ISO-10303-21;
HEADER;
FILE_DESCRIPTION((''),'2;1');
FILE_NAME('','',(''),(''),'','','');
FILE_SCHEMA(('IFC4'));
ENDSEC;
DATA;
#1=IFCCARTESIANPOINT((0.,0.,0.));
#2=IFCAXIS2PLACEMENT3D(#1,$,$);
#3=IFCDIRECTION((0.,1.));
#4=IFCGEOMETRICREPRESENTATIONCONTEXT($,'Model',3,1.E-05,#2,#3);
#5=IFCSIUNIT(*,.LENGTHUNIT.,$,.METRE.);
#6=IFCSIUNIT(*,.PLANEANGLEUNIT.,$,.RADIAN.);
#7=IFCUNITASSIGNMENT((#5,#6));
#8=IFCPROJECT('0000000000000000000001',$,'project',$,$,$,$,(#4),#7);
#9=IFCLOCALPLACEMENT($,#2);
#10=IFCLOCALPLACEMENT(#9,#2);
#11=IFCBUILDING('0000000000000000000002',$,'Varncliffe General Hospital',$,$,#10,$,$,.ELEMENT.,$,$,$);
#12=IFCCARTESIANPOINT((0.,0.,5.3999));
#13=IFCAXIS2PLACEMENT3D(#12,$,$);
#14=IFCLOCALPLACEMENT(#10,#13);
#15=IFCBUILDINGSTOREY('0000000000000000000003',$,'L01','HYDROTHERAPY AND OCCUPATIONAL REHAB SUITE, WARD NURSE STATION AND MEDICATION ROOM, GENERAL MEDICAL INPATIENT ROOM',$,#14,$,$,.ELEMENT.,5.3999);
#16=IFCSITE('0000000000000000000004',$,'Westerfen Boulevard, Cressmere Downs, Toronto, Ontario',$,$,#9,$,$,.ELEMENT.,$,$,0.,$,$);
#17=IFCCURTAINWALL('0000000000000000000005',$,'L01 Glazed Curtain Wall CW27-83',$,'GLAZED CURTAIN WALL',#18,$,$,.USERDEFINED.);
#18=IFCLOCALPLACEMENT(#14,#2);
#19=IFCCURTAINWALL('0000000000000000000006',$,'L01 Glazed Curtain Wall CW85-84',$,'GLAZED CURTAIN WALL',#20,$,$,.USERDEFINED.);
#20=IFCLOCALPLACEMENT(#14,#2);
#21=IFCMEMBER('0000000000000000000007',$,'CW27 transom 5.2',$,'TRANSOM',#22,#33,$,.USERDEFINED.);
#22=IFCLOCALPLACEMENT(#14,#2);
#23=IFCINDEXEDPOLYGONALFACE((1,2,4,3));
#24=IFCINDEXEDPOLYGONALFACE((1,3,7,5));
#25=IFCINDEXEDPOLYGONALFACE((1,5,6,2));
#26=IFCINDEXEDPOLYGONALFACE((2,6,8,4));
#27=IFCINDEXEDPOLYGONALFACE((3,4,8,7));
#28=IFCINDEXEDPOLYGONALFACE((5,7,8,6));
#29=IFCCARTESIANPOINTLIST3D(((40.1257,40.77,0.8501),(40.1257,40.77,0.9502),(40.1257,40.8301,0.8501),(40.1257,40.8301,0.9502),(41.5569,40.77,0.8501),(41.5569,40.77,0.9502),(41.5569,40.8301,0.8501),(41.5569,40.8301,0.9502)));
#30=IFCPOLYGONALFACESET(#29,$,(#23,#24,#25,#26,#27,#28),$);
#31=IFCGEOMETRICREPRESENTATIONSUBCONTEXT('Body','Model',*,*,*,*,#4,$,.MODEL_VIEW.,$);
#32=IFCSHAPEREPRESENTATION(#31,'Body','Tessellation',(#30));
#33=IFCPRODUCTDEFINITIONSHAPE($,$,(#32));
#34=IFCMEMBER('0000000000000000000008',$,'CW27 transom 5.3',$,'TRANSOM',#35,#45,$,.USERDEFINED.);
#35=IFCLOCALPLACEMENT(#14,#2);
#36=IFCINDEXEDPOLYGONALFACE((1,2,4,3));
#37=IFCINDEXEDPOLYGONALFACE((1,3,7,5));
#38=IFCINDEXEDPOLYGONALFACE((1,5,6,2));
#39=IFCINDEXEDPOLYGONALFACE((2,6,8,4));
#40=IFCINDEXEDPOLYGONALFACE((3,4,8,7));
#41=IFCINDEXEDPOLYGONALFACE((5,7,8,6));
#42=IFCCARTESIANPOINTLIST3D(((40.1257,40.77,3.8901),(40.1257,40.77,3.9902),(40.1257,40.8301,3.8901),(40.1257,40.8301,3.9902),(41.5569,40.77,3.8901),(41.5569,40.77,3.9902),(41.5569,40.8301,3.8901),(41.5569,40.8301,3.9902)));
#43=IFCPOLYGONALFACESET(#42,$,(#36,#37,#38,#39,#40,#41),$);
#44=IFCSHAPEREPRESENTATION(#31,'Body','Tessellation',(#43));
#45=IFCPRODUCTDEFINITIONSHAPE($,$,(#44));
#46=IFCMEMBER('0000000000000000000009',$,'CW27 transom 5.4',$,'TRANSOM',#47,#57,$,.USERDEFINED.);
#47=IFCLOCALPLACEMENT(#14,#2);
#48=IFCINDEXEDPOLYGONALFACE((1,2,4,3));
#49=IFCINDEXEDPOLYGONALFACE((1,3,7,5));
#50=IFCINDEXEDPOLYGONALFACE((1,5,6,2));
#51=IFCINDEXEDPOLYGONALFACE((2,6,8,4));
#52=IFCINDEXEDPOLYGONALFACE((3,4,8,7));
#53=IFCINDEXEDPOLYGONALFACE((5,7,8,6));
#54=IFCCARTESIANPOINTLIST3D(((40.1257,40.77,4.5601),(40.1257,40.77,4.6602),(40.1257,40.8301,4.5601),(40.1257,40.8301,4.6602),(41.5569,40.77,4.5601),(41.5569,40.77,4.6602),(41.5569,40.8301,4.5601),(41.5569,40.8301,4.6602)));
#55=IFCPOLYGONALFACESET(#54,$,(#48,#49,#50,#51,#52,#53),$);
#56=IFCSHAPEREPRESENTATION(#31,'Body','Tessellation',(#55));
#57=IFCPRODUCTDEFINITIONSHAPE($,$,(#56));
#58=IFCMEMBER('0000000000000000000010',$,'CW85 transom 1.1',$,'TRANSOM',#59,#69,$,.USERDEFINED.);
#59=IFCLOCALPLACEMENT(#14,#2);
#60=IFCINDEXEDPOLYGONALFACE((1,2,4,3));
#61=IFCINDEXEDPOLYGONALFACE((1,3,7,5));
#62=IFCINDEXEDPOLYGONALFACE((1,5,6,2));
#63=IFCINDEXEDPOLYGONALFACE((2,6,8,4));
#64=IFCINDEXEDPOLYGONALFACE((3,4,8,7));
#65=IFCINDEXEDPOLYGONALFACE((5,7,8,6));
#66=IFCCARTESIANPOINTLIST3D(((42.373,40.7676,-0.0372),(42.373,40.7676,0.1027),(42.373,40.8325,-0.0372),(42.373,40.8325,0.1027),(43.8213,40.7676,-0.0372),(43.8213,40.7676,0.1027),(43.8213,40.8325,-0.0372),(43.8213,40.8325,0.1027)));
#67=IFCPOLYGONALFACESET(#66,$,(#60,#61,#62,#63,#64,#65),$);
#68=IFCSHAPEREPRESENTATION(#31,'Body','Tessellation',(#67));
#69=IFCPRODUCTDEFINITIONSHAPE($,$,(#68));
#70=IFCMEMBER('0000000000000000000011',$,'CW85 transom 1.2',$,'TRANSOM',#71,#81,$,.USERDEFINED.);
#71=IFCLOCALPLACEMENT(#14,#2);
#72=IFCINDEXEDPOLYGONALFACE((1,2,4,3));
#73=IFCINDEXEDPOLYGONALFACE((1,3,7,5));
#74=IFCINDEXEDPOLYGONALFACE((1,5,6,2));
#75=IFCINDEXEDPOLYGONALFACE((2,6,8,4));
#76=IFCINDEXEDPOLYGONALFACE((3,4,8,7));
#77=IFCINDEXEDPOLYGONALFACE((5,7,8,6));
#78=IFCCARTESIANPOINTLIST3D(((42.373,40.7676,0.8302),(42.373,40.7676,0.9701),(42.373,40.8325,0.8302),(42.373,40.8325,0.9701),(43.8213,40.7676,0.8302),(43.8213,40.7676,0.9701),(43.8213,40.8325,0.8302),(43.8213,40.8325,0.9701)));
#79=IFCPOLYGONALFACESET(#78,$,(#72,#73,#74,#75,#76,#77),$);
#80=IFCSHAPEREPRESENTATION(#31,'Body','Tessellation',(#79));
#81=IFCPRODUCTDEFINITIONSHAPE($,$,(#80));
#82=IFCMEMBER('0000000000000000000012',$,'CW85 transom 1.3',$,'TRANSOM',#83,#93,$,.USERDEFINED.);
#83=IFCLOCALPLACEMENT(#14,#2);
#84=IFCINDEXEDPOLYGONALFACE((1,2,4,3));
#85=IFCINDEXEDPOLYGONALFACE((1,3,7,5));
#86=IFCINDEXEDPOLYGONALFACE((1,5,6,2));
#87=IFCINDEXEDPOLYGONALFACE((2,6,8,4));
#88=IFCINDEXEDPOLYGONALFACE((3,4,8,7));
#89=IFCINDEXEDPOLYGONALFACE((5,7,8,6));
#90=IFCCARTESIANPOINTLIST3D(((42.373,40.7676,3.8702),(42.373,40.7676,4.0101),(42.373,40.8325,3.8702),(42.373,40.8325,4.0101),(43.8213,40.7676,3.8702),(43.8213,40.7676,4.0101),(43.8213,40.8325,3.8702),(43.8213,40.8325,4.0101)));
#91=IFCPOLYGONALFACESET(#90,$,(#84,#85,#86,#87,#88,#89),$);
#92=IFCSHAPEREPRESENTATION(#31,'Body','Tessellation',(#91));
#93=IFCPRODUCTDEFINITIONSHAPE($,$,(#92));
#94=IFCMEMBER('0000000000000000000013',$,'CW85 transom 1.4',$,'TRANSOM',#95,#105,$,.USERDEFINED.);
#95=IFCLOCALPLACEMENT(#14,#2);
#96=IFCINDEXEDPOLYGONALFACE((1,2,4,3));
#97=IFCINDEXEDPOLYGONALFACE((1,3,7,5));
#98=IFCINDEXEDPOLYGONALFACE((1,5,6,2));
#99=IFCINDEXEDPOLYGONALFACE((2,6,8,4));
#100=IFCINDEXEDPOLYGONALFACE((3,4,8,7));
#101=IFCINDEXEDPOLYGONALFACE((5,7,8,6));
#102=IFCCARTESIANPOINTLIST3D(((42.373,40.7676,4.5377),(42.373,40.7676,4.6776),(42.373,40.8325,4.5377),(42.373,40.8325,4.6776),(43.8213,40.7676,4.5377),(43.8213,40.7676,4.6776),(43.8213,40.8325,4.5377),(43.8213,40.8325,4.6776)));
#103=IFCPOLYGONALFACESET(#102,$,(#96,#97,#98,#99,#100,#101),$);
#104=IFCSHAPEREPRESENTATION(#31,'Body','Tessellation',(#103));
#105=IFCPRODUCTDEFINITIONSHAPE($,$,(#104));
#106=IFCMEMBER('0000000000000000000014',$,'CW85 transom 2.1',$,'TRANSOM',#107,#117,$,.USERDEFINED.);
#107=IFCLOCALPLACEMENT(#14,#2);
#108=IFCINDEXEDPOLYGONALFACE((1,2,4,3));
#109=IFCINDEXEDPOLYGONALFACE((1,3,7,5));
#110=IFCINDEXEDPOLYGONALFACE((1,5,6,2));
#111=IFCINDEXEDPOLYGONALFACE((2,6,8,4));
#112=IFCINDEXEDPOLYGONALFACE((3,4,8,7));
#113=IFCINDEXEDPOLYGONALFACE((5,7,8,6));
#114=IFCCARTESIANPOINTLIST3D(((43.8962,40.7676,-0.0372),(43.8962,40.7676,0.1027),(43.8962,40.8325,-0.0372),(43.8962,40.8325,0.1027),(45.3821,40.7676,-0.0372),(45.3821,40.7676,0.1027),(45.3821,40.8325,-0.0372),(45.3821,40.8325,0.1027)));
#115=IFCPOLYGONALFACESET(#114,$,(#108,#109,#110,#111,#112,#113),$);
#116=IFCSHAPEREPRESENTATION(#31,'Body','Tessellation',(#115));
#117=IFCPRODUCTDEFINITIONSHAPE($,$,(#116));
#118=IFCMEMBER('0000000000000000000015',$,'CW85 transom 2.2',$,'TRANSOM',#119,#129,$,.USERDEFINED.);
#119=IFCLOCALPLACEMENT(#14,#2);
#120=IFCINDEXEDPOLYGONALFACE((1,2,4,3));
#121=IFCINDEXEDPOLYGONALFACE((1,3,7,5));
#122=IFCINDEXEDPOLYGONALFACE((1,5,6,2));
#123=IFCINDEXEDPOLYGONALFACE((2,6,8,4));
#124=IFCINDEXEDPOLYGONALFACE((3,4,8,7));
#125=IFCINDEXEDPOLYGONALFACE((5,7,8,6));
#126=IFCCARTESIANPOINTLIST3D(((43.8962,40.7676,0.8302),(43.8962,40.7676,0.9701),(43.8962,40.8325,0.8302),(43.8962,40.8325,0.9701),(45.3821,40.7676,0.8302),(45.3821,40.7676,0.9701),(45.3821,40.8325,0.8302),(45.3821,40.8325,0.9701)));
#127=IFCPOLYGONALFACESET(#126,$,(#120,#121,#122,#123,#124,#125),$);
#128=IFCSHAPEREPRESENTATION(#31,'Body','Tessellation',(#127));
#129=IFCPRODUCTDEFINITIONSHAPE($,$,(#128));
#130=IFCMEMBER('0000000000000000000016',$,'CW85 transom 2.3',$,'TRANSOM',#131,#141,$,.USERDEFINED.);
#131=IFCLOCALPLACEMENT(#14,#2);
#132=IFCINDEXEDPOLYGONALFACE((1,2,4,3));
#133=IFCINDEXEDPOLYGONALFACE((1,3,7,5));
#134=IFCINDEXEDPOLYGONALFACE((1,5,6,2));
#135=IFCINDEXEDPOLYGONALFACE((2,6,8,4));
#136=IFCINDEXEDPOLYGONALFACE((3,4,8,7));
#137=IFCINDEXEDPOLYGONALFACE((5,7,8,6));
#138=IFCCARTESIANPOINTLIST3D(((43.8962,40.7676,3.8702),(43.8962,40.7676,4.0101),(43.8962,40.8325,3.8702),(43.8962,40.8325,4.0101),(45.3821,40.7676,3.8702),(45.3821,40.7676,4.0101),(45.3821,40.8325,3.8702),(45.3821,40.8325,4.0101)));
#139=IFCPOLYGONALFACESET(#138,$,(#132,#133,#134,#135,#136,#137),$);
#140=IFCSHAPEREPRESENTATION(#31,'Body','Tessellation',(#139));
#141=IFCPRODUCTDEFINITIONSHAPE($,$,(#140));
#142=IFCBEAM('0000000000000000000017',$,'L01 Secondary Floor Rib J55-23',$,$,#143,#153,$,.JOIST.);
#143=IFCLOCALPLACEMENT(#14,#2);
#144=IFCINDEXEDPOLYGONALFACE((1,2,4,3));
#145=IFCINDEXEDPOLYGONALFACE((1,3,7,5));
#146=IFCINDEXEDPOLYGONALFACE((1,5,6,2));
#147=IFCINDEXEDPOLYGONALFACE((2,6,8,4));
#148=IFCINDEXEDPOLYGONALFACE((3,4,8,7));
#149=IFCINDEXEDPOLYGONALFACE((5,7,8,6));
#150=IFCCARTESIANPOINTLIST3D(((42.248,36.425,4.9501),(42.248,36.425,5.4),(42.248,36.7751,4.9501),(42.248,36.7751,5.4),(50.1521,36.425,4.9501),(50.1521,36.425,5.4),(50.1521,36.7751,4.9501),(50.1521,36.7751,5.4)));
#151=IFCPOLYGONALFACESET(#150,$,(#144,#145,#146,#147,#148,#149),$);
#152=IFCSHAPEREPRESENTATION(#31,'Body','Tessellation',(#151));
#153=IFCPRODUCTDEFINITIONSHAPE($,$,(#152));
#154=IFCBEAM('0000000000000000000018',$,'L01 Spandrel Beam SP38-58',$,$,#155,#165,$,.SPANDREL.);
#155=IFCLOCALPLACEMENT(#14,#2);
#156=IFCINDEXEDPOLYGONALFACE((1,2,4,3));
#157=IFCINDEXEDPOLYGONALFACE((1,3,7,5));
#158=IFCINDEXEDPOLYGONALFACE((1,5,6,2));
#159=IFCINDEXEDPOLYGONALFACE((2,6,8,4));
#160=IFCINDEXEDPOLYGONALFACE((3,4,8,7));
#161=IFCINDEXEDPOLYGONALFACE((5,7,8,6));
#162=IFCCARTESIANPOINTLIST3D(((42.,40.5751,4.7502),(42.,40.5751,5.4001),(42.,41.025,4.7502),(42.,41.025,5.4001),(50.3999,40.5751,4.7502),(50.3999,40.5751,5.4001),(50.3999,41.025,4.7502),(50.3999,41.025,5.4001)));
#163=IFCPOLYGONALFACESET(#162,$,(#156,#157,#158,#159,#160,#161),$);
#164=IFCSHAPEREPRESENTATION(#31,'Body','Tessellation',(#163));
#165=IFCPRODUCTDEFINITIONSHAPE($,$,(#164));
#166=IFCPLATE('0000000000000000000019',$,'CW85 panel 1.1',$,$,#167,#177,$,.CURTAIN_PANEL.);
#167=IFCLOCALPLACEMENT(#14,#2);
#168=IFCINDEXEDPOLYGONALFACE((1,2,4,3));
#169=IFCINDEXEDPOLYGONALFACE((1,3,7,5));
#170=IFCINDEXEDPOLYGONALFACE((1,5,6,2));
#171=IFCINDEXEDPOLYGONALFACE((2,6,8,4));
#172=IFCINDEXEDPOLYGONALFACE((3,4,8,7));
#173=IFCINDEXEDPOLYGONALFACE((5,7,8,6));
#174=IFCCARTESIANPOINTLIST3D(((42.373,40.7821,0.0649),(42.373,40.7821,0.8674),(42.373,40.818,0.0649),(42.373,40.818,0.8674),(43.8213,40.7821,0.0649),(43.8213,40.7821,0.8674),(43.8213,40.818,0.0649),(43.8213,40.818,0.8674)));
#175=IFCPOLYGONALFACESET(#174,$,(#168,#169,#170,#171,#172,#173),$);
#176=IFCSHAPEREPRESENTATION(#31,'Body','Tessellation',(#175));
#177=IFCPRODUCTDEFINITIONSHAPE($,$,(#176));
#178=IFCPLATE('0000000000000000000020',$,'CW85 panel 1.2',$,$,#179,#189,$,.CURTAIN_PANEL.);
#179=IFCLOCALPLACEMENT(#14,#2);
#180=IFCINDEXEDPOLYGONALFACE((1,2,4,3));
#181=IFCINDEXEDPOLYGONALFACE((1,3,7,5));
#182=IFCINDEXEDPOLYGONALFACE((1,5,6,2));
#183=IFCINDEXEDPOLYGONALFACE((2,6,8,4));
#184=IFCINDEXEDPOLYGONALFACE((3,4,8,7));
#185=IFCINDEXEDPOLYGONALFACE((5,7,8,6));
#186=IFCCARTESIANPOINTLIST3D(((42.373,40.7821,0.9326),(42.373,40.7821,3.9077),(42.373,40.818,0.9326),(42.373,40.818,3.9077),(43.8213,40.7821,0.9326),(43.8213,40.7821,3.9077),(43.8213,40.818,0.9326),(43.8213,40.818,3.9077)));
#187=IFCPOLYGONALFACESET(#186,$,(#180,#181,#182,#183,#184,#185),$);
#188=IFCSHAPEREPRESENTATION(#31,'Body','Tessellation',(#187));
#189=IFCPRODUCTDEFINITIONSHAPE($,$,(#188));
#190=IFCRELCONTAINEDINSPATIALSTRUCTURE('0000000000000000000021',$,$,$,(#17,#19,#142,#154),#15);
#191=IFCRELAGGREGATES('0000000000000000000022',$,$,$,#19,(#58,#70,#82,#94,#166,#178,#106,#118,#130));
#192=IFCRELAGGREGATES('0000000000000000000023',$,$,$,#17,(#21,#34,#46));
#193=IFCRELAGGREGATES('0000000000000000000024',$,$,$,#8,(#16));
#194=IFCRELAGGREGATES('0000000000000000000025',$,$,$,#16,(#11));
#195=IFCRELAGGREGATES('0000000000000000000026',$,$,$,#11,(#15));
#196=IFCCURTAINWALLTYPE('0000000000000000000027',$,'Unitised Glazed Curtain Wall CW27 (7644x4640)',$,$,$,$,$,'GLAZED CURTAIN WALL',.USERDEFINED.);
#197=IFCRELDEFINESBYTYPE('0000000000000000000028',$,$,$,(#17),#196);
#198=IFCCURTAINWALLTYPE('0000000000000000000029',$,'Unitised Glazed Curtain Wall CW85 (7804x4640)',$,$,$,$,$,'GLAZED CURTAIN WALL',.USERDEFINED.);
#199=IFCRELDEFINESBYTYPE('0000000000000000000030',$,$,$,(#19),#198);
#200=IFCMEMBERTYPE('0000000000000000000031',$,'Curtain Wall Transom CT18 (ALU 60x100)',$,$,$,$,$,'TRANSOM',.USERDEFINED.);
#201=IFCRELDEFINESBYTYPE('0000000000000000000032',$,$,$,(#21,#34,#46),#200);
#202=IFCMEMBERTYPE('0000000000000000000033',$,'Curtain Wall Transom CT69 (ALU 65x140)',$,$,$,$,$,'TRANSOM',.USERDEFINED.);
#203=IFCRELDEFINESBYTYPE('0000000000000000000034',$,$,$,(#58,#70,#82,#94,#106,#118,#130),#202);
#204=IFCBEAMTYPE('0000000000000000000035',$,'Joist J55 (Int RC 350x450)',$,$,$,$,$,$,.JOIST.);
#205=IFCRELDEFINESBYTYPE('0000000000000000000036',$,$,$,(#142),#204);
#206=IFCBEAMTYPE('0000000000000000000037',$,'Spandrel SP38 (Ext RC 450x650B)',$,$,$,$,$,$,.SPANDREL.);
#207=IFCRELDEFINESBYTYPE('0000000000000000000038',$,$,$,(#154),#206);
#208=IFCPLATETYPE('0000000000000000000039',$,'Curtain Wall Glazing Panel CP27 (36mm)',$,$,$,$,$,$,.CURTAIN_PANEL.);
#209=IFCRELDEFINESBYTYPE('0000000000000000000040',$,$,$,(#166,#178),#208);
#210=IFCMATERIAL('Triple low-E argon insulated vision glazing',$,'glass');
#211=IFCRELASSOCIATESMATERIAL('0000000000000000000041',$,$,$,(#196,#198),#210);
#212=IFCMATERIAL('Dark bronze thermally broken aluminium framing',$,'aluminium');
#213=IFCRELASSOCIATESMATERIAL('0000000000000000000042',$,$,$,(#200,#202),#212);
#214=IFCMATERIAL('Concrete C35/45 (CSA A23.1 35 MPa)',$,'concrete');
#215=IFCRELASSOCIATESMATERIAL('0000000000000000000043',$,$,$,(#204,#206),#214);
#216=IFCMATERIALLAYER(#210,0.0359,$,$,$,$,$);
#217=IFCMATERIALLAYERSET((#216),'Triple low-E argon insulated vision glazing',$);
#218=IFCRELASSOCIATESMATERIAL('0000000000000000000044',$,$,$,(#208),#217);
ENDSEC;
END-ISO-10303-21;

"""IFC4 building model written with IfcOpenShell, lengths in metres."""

from ifc_helpers import new_model, si_unit, direction, frame, origin, origin_2d, place, context, subcontext, project, spatial, rectangle, extrude, material, layer, layer_set, material_profile, profile_set, type_object, element, aggregate, save


model = new_model("IFC4")

# Units and contexts
model_context = context("Model", 3, precision=1e-05, world=origin(), true_north=direction((0.0, 1.0)))
body_context = subcontext(model_context, "Body", "Model", "MODEL_VIEW")
ifc_project = project(units=[si_unit("LENGTHUNIT", "METRE"), si_unit("PLANEANGLEUNIT", "RADIAN")], contexts=[model_context])

# Site, building, storey
site_placement = place(None, origin())
site = spatial("IfcSite", under=ifc_project, at=site_placement, Name="Westerfen Boulevard, Cressmere Downs, Toronto, Ontario", CompositionType="ELEMENT", RefElevation=0.0)
building_placement = place(site_placement, origin())
building = spatial("IfcBuilding", under=site, at=building_placement, Name="Varncliffe General Hospital", CompositionType="ELEMENT")
storey_placement = place(building_placement, frame((0.0, 0.0, 5.3999)))
storey = spatial("IfcBuildingStorey", under=building, at=storey_placement, Name="L01", Description="HYDROTHERAPY AND OCCUPATIONAL REHAB SUITE, WARD NURSE STATION AND MEDICATION ROOM, GENERAL MEDICAL INPATIENT ROOM", CompositionType="ELEMENT", Elevation=5.3999)

# Curtain walls
ifc_material_1 = material(Name="Triple low-E argon insulated vision glazing", Category="glass")
curtain_wall_type_1 = type_object("IfcCurtainWallType", Name="Unitised Glazed Curtain Wall CW27 (7644x4640)", ElementType="GLAZED CURTAIN WALL", PredefinedType="USERDEFINED", material=ifc_material_1)
curtain_wall_1_placement = place(storey_placement, origin())
curtain_wall_1 = element("IfcCurtainWall", 1, at=curtain_wall_1_placement, inside=storey, type_object=curtain_wall_type_1, Name="L01 Glazed Curtain Wall CW27-83", ObjectType="GLAZED CURTAIN WALL", PredefinedType="USERDEFINED")
ifc_material_2 = material(Name="Dark bronze thermally broken aluminium framing", Category="aluminium")
curtain_wall_type_2 = type_object("IfcCurtainWallType", Name="Unitised Glazed Curtain Wall CW85 (7804x4640)", ElementType="GLAZED CURTAIN WALL", PredefinedType="USERDEFINED", material=ifc_material_1)
curtain_wall_2_placement = place(storey_placement, origin())
curtain_wall_2 = element("IfcCurtainWall", 2, at=curtain_wall_2_placement, inside=storey, type_object=curtain_wall_type_2, Name="L01 Glazed Curtain Wall CW85-84", ObjectType="GLAZED CURTAIN WALL", PredefinedType="USERDEFINED")

# Members
ifc_material_profile_1 = material_profile(ifc_material_2, rectangle(XDim=0.0601, YDim=0.1001, at=origin_2d()), Name="ALU 60x100")
ifc_profile_set_1 = profile_set([ifc_material_profile_1], Name="Dark bronze thermally broken aluminium framing")
member_type_1 = type_object("IfcMemberType", Name="Curtain Wall Transom CT18 (ALU 60x100)", ElementType="TRANSOM", PredefinedType="USERDEFINED", material=ifc_profile_set_1)
member_1_placement = place(storey_placement, frame((40.1257, 40.8, 0.9001), z_axis=(1.0, 0.0, 0.0), x_axis=(0.0, 1.0, 0.0)))
member_1 = element("IfcMember", 3, at=member_1_placement, type_object=member_type_1, Name="CW27 transom 5.2", ObjectType="TRANSOM", PredefinedType="USERDEFINED", context=body_context, shape_type="SweptSolid", body=[
    extrude(rectangle(XDim=0.0601, YDim=0.1001, at=origin_2d()), origin(), (0.0, 0.0, 1.0), 1.4312),
])
member_2_placement = place(storey_placement, frame((40.1257, 40.8, 3.9402), z_axis=(1.0, 0.0, 0.0), x_axis=(0.0, 1.0, 0.0)))
member_2 = element("IfcMember", 4, at=member_2_placement, type_object=member_type_1, Name="CW27 transom 5.3", ObjectType="TRANSOM", PredefinedType="USERDEFINED", context=body_context, shape_type="SweptSolid", body=[
    extrude(rectangle(XDim=0.0601, YDim=0.1001, at=origin_2d()), origin(), (0.0, 0.0, 1.0), 1.4312),
])
member_3_placement = place(storey_placement, frame((40.1257, 40.8, 4.6101), z_axis=(1.0, 0.0, 0.0), x_axis=(0.0, 1.0, 0.0)))
member_3 = element("IfcMember", 5, at=member_3_placement, type_object=member_type_1, Name="CW27 transom 5.4", ObjectType="TRANSOM", PredefinedType="USERDEFINED", context=body_context, shape_type="SweptSolid", body=[
    extrude(rectangle(XDim=0.0601, YDim=0.1001, at=origin_2d()), origin(), (0.0, 0.0, 1.0), 1.4312),
])
ifc_material_profile_2 = material_profile(ifc_material_2, rectangle(XDim=0.0649, YDim=0.1399, at=origin_2d()), Name="ALU 65x140")
ifc_profile_set_2 = profile_set([ifc_material_profile_2], Name="Dark bronze thermally broken aluminium framing")
member_type_2 = type_object("IfcMemberType", Name="Curtain Wall Transom CT69 (ALU 65x140)", ElementType="TRANSOM", PredefinedType="USERDEFINED", material=ifc_profile_set_2)
member_4_placement = place(storey_placement, frame((42.373, 40.8, 0.0327), z_axis=(1.0, 0.0, 0.0), x_axis=(0.0, 1.0, 0.0)))
member_4 = element("IfcMember", 6, at=member_4_placement, type_object=member_type_2, Name="CW85 transom 1.1", ObjectType="TRANSOM", PredefinedType="USERDEFINED", context=body_context, shape_type="SweptSolid", body=[
    extrude(rectangle(XDim=0.0649, YDim=0.1399, at=origin_2d()), origin(), (0.0, 0.0, 1.0), 1.4482),
])
member_5_placement = place(storey_placement, frame((42.373, 40.8, 0.9001), z_axis=(1.0, 0.0, 0.0), x_axis=(0.0, 1.0, 0.0)))
member_5 = element("IfcMember", 7, at=member_5_placement, type_object=member_type_2, Name="CW85 transom 1.2", ObjectType="TRANSOM", PredefinedType="USERDEFINED", context=body_context, shape_type="SweptSolid", body=[
    extrude(rectangle(XDim=0.0649, YDim=0.1399, at=origin_2d()), origin(), (0.0, 0.0, 1.0), 1.4482),
])
member_6_placement = place(storey_placement, frame((42.373, 40.8, 3.9402), z_axis=(1.0, 0.0, 0.0), x_axis=(0.0, 1.0, 0.0)))
member_6 = element("IfcMember", 8, at=member_6_placement, type_object=member_type_2, Name="CW85 transom 1.3", ObjectType="TRANSOM", PredefinedType="USERDEFINED", context=body_context, shape_type="SweptSolid", body=[
    extrude(rectangle(XDim=0.0649, YDim=0.1399, at=origin_2d()), origin(), (0.0, 0.0, 1.0), 1.4482),
])
member_7_placement = place(storey_placement, frame((42.373, 40.8, 4.6077), z_axis=(1.0, 0.0, 0.0), x_axis=(0.0, 1.0, 0.0)))
member_7 = element("IfcMember", 9, at=member_7_placement, type_object=member_type_2, Name="CW85 transom 1.4", ObjectType="TRANSOM", PredefinedType="USERDEFINED", context=body_context, shape_type="SweptSolid", body=[
    extrude(rectangle(XDim=0.0649, YDim=0.1399, at=origin_2d()), origin(), (0.0, 0.0, 1.0), 1.4482),
])
member_8_placement = place(storey_placement, frame((43.8962, 40.8, 0.0327), z_axis=(1.0, 0.0, 0.0), x_axis=(0.0, 1.0, 0.0)))
member_8 = element("IfcMember", 10, at=member_8_placement, type_object=member_type_2, Name="CW85 transom 2.1", ObjectType="TRANSOM", PredefinedType="USERDEFINED", context=body_context, shape_type="SweptSolid", body=[
    extrude(rectangle(XDim=0.0649, YDim=0.1399, at=origin_2d()), origin(), (0.0, 0.0, 1.0), 1.4858),
])
member_9_placement = place(storey_placement, frame((43.8962, 40.8, 0.9001), z_axis=(1.0, 0.0, 0.0), x_axis=(0.0, 1.0, 0.0)))
member_9 = element("IfcMember", 11, at=member_9_placement, type_object=member_type_2, Name="CW85 transom 2.2", ObjectType="TRANSOM", PredefinedType="USERDEFINED", context=body_context, shape_type="SweptSolid", body=[
    extrude(rectangle(XDim=0.0649, YDim=0.1399, at=origin_2d()), origin(), (0.0, 0.0, 1.0), 1.4858),
])
member_10_placement = place(storey_placement, frame((43.8962, 40.8, 3.9402), z_axis=(1.0, 0.0, 0.0), x_axis=(0.0, 1.0, 0.0)))
member_10 = element("IfcMember", 12, at=member_10_placement, type_object=member_type_2, Name="CW85 transom 2.3", ObjectType="TRANSOM", PredefinedType="USERDEFINED", context=body_context, shape_type="SweptSolid", body=[
    extrude(rectangle(XDim=0.0649, YDim=0.1399, at=origin_2d()), origin(), (0.0, 0.0, 1.0), 1.4858),
])

# Beams
ifc_material_3 = material(Name="Concrete C35/45 (CSA A23.1 35 MPa)", Category="concrete")
ifc_material_profile_3 = material_profile(ifc_material_3, rectangle(XDim=0.3501, YDim=0.45, at=origin_2d()), Name="RC 350x450")
ifc_profile_set_3 = profile_set([ifc_material_profile_3], Name="Concrete C35/45 (CSA A23.1 35 MPa)")
beam_type_1 = type_object("IfcBeamType", Name="Joist J55 (Int RC 350x450)", PredefinedType="JOIST", material=ifc_profile_set_3)
beam_1_placement = place(storey_placement, frame((42.248, 36.6001, 5.175), z_axis=(1.0, 0.0, 0.0), x_axis=(0.0, 1.0, 0.0)))
element("IfcBeam", 13, at=beam_1_placement, inside=storey, type_object=beam_type_1, Name="L01 Secondary Floor Rib J55-23", PredefinedType="JOIST", context=body_context, shape_type="SweptSolid", body=[
    extrude(rectangle(XDim=0.3501, YDim=0.45, at=origin_2d()), origin(), (0.0, 0.0, 1.0), 7.9041),
])
ifc_material_profile_4 = material_profile(ifc_material_3, rectangle(XDim=0.45, YDim=0.6499, at=origin_2d()), Name="RC 450x650")
ifc_profile_set_4 = profile_set([ifc_material_profile_4], Name="Concrete C35/45 (CSA A23.1 35 MPa)")
beam_type_2 = type_object("IfcBeamType", Name="Spandrel SP38 (Ext RC 450x650B)", PredefinedType="SPANDREL", material=ifc_profile_set_4)
beam_2_placement = place(storey_placement, frame((42.0, 40.8, 5.0752), z_axis=(1.0, 0.0, 0.0), x_axis=(0.0, 1.0, 0.0)))
element("IfcBeam", 14, at=beam_2_placement, inside=storey, type_object=beam_type_2, Name="L01 Spandrel Beam SP38-58", PredefinedType="SPANDREL", context=body_context, shape_type="SweptSolid", body=[
    extrude(rectangle(XDim=0.45, YDim=0.6499, at=origin_2d()), origin(), (0.0, 0.0, 1.0), 8.3999),
])

# Plates
ifc_layer_1 = layer(ifc_material_1, 0.0359)
ifc_layer_set_1 = layer_set([ifc_layer_1], Name="Triple low-E argon insulated vision glazing")
plate_type_1 = type_object("IfcPlateType", Name="Curtain Wall Glazing Panel CP27 (36mm)", PredefinedType="CURTAIN_PANEL", material=ifc_layer_set_1)
plate_1_placement = place(storey_placement, frame((43.0972, 40.8, 0.0649), z_axis=(0.0, 0.0, 1.0), x_axis=(1.0, 0.0, 0.0)))
plate_1 = element("IfcPlate", 15, at=plate_1_placement, type_object=plate_type_1, Name="CW85 panel 1.1", PredefinedType="CURTAIN_PANEL", context=body_context, shape_type="SweptSolid", body=[
    extrude(rectangle(XDim=1.4482, YDim=0.0359, at=origin_2d()), origin(), (0.0, 0.0, 1.0), 0.8025),
])
plate_2_placement = place(storey_placement, frame((43.0972, 40.8, 0.9326), z_axis=(0.0, 0.0, 1.0), x_axis=(1.0, 0.0, 0.0)))
plate_2 = element("IfcPlate", 16, at=plate_2_placement, type_object=plate_type_1, Name="CW85 panel 1.2", PredefinedType="CURTAIN_PANEL", context=body_context, shape_type="SweptSolid", body=[
    extrude(rectangle(XDim=1.4482, YDim=0.0359, at=origin_2d()), origin(), (0.0, 0.0, 1.0), 2.9751),
])
aggregate(curtain_wall_2, [member_4, member_5, member_6, member_7, plate_1, plate_2, member_8, member_9, member_10])
aggregate(curtain_wall_1, [member_1, member_2, member_3])

save(model, "model.ifc")
